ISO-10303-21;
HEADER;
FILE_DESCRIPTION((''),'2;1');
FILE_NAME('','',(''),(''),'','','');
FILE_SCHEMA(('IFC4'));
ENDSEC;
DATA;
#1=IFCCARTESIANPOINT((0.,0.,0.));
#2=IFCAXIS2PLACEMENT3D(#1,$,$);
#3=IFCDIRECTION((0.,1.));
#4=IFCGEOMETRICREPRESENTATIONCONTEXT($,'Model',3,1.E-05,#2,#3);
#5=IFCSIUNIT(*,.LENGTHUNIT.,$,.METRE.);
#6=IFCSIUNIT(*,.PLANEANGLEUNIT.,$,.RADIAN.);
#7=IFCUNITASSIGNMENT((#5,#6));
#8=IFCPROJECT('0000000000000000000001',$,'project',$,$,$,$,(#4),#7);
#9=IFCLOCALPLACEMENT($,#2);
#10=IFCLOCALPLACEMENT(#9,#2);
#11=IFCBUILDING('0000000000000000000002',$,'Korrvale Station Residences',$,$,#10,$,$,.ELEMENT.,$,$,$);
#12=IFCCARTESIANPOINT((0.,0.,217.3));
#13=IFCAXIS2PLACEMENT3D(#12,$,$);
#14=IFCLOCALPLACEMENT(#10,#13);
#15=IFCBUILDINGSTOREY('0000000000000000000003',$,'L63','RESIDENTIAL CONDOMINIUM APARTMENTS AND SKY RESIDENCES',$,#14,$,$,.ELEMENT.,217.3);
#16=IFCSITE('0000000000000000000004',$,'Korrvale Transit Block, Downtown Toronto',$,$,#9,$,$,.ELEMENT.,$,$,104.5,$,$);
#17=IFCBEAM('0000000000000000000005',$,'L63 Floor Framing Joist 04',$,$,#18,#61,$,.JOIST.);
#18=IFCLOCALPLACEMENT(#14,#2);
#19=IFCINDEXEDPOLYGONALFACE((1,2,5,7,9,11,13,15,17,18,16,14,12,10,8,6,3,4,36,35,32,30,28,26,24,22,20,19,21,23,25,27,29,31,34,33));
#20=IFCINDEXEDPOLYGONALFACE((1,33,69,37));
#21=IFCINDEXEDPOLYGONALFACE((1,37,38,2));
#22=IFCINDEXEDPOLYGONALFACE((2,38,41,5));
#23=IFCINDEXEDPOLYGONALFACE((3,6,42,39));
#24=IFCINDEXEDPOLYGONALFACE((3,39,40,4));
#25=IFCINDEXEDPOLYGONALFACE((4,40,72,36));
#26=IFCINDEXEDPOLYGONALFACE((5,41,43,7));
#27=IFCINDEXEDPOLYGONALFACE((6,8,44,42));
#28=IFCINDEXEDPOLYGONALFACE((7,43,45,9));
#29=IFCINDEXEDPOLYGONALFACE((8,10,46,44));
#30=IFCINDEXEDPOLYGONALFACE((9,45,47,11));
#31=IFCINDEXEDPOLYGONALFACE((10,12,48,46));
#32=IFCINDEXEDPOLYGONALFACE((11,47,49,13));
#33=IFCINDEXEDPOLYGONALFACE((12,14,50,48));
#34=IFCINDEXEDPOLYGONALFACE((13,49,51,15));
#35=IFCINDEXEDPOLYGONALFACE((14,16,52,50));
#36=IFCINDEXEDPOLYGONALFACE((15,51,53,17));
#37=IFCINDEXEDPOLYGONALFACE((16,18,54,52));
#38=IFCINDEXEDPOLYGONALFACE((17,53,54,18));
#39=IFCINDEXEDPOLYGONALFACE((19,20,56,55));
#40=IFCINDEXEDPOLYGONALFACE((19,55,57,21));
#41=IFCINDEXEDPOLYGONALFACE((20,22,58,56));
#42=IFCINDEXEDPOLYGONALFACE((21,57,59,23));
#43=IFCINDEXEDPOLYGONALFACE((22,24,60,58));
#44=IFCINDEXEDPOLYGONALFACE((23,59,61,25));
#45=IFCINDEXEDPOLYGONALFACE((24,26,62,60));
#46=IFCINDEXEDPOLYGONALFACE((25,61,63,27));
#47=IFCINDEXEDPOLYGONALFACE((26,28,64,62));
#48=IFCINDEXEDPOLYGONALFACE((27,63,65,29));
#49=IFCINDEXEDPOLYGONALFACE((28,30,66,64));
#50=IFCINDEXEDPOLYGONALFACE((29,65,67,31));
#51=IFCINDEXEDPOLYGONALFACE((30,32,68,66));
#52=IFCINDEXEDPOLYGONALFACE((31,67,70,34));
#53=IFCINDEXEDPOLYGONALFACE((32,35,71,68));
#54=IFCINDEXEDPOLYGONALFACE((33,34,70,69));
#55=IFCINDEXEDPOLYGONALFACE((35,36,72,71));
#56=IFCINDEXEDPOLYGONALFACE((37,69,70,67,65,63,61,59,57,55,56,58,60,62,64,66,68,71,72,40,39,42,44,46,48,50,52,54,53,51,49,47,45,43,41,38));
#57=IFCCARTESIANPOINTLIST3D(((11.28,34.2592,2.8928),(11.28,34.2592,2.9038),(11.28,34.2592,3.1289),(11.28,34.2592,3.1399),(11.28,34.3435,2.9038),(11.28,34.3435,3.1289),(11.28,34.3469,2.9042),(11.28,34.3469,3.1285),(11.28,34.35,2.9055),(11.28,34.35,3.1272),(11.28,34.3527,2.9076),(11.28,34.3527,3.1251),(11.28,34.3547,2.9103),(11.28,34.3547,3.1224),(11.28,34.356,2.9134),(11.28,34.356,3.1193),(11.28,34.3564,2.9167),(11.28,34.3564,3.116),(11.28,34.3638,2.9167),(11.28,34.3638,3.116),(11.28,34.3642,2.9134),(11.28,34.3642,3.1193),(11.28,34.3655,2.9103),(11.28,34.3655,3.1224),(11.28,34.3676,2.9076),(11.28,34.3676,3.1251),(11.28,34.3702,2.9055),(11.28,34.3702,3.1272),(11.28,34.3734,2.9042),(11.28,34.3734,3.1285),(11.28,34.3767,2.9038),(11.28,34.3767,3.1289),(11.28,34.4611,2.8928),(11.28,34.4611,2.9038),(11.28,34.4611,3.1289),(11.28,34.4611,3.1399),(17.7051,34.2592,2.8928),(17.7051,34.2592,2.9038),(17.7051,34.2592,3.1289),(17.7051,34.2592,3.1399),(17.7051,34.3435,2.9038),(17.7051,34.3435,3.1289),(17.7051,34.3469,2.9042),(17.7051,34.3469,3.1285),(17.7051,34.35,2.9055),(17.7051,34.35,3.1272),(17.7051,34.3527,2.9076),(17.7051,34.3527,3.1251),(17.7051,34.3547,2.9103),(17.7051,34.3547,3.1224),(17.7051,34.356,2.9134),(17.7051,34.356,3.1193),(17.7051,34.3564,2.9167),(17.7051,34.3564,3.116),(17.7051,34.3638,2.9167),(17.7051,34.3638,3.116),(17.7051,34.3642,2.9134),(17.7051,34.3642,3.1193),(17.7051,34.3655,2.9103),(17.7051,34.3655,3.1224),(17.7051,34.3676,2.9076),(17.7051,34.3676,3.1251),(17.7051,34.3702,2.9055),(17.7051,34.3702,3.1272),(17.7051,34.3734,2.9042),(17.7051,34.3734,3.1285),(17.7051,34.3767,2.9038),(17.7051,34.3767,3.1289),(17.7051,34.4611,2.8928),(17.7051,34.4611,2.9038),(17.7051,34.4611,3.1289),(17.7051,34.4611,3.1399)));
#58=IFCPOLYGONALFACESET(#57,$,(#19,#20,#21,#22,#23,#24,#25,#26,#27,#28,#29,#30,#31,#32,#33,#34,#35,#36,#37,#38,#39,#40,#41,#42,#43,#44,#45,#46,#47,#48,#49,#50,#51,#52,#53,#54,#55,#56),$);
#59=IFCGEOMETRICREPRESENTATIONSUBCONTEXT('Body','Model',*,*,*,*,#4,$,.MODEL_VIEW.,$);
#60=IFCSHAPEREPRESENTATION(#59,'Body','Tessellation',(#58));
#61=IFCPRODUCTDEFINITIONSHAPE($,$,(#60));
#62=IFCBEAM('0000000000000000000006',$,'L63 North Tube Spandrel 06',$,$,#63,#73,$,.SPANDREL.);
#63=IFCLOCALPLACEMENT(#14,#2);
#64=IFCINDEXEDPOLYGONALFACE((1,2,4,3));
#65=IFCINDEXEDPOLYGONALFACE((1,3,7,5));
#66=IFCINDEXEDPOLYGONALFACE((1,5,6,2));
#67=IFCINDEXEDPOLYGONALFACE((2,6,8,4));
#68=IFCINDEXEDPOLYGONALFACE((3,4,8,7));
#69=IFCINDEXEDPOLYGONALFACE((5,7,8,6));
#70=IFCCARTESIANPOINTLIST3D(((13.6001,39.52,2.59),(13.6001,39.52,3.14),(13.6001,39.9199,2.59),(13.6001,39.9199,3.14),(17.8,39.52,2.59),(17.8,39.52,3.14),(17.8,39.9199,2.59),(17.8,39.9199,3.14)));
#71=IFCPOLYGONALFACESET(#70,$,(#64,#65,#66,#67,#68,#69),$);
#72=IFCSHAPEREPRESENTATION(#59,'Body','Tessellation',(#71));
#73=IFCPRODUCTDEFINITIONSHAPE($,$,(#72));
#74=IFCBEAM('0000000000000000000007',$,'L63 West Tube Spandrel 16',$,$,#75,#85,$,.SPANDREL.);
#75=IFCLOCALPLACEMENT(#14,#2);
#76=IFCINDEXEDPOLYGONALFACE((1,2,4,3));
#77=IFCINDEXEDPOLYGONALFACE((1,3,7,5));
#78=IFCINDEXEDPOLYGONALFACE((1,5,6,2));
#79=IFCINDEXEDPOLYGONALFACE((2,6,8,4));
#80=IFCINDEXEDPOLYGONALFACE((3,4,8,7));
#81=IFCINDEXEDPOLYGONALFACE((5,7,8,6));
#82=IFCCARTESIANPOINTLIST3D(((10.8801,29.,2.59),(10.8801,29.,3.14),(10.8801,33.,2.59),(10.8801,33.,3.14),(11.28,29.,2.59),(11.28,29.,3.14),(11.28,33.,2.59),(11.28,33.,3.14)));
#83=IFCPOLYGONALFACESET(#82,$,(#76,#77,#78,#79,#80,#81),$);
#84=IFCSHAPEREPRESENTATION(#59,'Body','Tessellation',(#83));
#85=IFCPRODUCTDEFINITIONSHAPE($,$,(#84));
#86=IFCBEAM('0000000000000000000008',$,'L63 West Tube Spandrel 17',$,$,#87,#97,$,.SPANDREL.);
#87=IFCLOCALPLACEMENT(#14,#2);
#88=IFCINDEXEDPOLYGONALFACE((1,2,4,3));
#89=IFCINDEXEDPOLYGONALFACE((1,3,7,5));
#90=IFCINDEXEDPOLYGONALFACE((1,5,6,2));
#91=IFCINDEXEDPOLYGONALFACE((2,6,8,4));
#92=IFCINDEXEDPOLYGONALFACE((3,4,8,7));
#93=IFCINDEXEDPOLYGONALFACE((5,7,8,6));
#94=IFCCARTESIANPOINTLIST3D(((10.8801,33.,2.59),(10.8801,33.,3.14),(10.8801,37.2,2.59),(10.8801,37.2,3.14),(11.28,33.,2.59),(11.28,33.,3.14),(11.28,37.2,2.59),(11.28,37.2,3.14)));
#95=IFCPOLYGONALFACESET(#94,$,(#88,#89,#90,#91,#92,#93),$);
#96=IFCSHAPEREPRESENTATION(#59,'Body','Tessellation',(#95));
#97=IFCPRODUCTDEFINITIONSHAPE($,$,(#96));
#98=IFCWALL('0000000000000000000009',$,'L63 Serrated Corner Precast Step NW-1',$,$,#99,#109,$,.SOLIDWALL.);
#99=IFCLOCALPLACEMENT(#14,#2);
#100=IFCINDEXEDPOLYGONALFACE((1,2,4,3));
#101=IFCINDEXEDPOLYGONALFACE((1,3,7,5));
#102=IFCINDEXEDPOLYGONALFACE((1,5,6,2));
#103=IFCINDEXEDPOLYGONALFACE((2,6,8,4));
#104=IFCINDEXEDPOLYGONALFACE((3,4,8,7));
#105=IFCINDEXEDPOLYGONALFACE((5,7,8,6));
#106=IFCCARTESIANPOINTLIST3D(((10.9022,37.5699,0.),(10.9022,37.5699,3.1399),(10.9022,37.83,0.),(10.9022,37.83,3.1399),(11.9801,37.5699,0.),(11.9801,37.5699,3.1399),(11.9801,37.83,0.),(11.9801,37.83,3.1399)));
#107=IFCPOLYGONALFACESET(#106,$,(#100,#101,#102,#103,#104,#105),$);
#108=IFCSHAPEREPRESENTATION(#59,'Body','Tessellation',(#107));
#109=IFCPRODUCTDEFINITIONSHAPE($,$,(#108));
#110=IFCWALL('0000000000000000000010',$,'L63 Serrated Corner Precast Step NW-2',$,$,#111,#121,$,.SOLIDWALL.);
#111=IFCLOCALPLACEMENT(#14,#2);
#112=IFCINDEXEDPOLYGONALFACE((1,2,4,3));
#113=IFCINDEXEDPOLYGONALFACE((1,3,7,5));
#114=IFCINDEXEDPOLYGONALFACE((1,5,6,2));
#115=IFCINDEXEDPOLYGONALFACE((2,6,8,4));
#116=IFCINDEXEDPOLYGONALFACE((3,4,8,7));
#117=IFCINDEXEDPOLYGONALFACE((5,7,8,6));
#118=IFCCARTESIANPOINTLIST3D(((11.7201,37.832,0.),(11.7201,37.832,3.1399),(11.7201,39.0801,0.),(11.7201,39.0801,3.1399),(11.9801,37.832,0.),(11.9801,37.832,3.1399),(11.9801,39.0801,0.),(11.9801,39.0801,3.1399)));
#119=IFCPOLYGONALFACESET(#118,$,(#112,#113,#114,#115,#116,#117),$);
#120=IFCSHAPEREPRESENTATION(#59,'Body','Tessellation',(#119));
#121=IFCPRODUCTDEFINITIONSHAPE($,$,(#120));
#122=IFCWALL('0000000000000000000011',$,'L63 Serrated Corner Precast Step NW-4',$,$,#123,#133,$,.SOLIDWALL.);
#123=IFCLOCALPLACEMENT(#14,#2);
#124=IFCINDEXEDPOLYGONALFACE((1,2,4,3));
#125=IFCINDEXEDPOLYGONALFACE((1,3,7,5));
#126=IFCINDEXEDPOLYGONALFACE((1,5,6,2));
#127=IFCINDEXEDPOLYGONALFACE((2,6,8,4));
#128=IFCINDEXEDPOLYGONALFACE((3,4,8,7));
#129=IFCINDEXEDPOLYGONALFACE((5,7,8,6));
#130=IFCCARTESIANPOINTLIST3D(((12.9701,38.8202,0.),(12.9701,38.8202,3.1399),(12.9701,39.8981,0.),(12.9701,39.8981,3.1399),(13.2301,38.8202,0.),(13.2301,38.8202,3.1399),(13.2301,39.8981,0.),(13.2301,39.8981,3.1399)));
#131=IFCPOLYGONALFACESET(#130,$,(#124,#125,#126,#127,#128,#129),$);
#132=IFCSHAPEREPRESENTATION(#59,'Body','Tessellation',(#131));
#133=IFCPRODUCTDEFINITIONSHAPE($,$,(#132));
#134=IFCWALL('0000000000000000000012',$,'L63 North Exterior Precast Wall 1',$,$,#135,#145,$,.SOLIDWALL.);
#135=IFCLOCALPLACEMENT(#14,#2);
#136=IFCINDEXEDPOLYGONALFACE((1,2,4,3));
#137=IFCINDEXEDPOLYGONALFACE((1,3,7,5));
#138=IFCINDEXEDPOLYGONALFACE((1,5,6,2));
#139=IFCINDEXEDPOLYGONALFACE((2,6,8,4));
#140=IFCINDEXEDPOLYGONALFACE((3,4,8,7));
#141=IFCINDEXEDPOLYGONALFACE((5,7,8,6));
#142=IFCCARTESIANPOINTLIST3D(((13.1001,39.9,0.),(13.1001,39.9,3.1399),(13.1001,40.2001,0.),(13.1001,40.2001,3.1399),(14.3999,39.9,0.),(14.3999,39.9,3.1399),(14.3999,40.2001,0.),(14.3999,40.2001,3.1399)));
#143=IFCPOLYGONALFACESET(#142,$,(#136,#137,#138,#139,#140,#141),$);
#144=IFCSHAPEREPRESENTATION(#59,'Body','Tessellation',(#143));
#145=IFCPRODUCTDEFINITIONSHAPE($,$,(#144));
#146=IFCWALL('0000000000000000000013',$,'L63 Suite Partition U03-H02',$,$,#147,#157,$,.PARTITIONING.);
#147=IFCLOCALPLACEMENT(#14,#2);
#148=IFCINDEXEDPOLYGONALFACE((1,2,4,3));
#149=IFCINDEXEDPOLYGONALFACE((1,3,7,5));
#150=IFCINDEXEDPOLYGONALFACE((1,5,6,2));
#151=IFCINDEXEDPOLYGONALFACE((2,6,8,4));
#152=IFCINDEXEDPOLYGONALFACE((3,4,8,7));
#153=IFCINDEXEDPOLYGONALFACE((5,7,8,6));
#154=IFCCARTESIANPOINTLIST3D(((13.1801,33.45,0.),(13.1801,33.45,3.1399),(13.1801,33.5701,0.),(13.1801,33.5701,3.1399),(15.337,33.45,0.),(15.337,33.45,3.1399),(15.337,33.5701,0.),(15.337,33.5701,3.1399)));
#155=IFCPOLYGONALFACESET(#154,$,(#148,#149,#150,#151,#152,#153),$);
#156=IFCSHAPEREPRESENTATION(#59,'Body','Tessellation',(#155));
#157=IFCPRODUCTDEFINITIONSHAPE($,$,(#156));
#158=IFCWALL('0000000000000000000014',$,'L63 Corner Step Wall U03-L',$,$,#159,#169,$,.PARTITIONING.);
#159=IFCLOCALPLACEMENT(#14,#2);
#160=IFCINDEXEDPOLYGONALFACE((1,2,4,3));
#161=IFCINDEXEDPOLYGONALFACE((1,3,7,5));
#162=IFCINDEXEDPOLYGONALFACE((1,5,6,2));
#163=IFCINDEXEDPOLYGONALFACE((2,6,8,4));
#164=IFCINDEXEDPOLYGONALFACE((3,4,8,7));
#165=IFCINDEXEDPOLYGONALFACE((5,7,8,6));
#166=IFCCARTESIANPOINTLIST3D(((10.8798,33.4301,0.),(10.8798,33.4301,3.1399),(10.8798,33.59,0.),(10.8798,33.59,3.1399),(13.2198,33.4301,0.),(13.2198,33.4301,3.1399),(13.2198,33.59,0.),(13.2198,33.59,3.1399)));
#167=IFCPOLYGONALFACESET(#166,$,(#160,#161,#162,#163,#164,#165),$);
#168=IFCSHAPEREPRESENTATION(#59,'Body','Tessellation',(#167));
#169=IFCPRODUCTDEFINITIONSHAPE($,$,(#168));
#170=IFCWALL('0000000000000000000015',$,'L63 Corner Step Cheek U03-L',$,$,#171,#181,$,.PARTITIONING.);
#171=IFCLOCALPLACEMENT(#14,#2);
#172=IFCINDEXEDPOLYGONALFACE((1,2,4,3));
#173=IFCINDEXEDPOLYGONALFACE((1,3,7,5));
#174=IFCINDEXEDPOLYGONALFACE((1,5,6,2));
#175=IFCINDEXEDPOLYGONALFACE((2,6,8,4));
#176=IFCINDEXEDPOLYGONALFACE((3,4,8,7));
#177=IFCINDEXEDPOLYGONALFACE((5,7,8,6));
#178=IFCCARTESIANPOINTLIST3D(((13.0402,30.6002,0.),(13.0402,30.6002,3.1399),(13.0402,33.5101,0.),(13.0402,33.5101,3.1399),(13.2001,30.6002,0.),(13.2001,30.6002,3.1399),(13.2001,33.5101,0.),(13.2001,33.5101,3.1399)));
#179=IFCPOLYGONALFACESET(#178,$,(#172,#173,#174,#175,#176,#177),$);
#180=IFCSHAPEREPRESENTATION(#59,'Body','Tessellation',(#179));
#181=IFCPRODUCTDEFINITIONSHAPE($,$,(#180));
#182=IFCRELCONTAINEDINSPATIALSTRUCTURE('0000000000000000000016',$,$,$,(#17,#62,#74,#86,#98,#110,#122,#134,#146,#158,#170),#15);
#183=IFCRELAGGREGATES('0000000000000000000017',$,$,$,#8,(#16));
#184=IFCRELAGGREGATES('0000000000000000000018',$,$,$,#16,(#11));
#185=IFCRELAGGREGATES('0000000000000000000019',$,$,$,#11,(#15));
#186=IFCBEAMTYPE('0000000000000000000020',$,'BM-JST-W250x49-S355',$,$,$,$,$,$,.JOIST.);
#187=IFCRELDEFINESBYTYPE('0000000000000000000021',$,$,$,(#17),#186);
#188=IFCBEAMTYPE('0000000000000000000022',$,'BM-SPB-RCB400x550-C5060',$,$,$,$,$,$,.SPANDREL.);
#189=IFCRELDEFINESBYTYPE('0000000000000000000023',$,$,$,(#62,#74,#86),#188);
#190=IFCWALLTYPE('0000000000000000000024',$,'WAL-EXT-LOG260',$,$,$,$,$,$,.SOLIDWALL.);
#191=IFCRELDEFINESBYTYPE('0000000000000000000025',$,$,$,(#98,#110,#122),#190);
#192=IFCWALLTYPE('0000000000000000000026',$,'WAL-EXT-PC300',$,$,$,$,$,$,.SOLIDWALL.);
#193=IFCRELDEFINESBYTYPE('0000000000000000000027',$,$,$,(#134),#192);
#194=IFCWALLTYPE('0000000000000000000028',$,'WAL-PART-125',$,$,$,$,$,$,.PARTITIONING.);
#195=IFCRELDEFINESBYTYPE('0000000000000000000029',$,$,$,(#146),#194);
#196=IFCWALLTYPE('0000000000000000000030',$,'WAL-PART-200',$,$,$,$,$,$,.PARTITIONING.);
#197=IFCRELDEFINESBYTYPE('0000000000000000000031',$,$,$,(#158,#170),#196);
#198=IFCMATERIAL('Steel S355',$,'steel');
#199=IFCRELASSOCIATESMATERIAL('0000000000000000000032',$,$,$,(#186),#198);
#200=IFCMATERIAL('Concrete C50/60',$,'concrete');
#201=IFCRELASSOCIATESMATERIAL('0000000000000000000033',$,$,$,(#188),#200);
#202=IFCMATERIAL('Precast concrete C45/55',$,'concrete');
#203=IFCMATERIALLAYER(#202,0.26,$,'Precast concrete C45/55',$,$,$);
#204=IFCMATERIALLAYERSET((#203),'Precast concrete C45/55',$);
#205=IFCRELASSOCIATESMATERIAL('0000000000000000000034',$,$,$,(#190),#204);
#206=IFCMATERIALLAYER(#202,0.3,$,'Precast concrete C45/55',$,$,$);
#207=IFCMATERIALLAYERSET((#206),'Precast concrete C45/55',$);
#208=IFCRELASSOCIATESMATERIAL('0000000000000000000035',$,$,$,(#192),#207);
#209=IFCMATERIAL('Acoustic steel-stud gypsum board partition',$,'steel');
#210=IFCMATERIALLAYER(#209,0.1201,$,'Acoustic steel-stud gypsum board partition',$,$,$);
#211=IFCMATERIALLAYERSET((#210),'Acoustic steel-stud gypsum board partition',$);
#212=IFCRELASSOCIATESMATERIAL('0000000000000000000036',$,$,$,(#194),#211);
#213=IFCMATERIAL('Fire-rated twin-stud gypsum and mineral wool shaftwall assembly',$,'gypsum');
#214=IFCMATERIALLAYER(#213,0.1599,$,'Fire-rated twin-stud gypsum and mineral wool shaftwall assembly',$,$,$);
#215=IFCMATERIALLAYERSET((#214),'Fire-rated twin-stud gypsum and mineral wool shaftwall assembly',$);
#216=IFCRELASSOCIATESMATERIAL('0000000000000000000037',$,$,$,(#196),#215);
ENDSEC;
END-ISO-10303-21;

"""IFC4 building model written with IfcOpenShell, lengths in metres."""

from ifc_helpers import new_model, si_unit, direction, frame, frame_2d, origin, origin_2d, place, context, subcontext, project, spatial, rectangle, i_section, extrude, material, layer, layer_set, material_profile, profile_set, type_object, element, save


model = new_model("IFC4")

# Units and contexts
model_context = context("Model", 3, precision=1e-05, world=origin(), true_north=direction((0.0, 1.0)))
body_context = subcontext(model_context, "Body", "Model", "MODEL_VIEW")
ifc_project = project(units=[si_unit("LENGTHUNIT", "METRE"), si_unit("PLANEANGLEUNIT", "RADIAN")], contexts=[model_context])

# Site, building, storey
site_placement = place(None, origin())
site = spatial("IfcSite", under=ifc_project, at=site_placement, Name="Korrvale Transit Block, Downtown Toronto", CompositionType="ELEMENT", RefElevation=104.5)
building_placement = place(site_placement, origin())
building = spatial("IfcBuilding", under=site, at=building_placement, Name="Korrvale Station Residences", CompositionType="ELEMENT")
storey_placement = place(building_placement, frame((0.0, 0.0, 217.3)))
storey = spatial("IfcBuildingStorey", under=building, at=storey_placement, Name="L63", Description="RESIDENTIAL CONDOMINIUM APARTMENTS AND SKY RESIDENCES", CompositionType="ELEMENT", Elevation=217.3)

# Shared definitions
ifc_material_1 = material(Name="Concrete C50/60", Category="concrete")

# Beams
ifc_material_2 = material(Name="Steel S355", Category="steel")
ifc_material_profile_1 = material_profile(ifc_material_2, i_section(OverallWidth=0.2019, OverallDepth=0.2471, WebThickness=0.0073, FlangeThickness=0.011, FilletRadius=0.0129, at=origin_2d()), Name="W250x49")
ifc_profile_set_1 = profile_set([ifc_material_profile_1], Name="Steel S355")
beam_type_1 = type_object("IfcBeamType", Name="BM-JST-W250x49-S355", PredefinedType="JOIST", material=ifc_profile_set_1)
beam_1_placement = place(storey_placement, frame((11.28, 34.3601, 3.0164), z_axis=(1.0, 0.0, 0.0), x_axis=(0.0, 1.0, 0.0)))
element("IfcBeam", 1, at=beam_1_placement, inside=storey, type_object=beam_type_1, Name="L63 Floor Framing Joist 04", PredefinedType="JOIST", context=body_context, shape_type="SweptSolid", body=[
    extrude(i_section(OverallWidth=0.2019, OverallDepth=0.2471, WebThickness=0.0073, FlangeThickness=0.011, FilletRadius=0.0129, at=origin_2d()), origin(), (0.0, 0.0, 1.0), 6.425),
])
ifc_material_profile_2 = material_profile(ifc_material_1, rectangle(XDim=0.3999, YDim=0.55, at=origin_2d()), Name="RCB400x550")
ifc_profile_set_2 = profile_set([ifc_material_profile_2], Name="Concrete C50/60")
beam_type_2 = type_object("IfcBeamType", Name="BM-SPB-RCB400x550-C5060", PredefinedType="SPANDREL", material=ifc_profile_set_2)
beam_2_placement = place(storey_placement, frame((13.6001, 39.72, 2.865), z_axis=(1.0, 0.0, 0.0), x_axis=(0.0, 1.0, 0.0)))
element("IfcBeam", 2, at=beam_2_placement, inside=storey, type_object=beam_type_2, Name="L63 North Tube Spandrel 06", PredefinedType="SPANDREL", context=body_context, shape_type="SweptSolid", body=[
    extrude(rectangle(XDim=0.3999, YDim=0.55, at=origin_2d()), origin(), (0.0, 0.0, 1.0), 4.2),
])
beam_3_placement = place(storey_placement, frame((11.0801, 29.0, 2.865), z_axis=(0.0, 1.0, 0.0), x_axis=(-1.0, 0.0, 0.0)))
element("IfcBeam", 3, at=beam_3_placement, inside=storey, type_object=beam_type_2, Name="L63 West Tube Spandrel 16", PredefinedType="SPANDREL", context=body_context, shape_type="SweptSolid", body=[
    extrude(rectangle(XDim=0.3999, YDim=0.55, at=origin_2d()), origin(), (0.0, 0.0, 1.0), 4.0),
])
beam_4_placement = place(storey_placement, frame((11.0801, 33.0, 2.865), z_axis=(0.0, 1.0, 0.0), x_axis=(-1.0, 0.0, 0.0)))
element("IfcBeam", 4, at=beam_4_placement, inside=storey, type_object=beam_type_2, Name="L63 West Tube Spandrel 17", PredefinedType="SPANDREL", context=body_context, shape_type="SweptSolid", body=[
    extrude(rectangle(XDim=0.3999, YDim=0.55, at=origin_2d()), origin(), (0.0, 0.0, 1.0), 4.2),
])

# Walls
ifc_material_3 = material(Name="Precast concrete C45/55", Category="concrete")
ifc_layer_1 = layer(ifc_material_3, 0.26, Name="Precast concrete C45/55")
ifc_layer_set_1 = layer_set([ifc_layer_1], Name="Precast concrete C45/55")
wall_type_1 = type_object("IfcWallType", Name="WAL-EXT-LOG260", PredefinedType="SOLIDWALL", material=ifc_layer_set_1)
wall_1_placement = place(storey_placement, frame((10.9021, 37.7, 0.0), z_axis=(0.0, 0.0, 1.0), x_axis=(1.0, 0.0, 0.0)))
element("IfcWall", 5, at=wall_1_placement, inside=storey, type_object=wall_type_1, Name="L63 Serrated Corner Precast Step NW-1", PredefinedType="SOLIDWALL", context=body_context, shape_type="SweptSolid", body=[
    extrude(rectangle(XDim=1.0779, YDim=0.26, at=frame_2d((0.5391, 0.0))), origin(), (0.0, 0.0, 1.0), 3.1399),
])
wall_2_placement = place(storey_placement, frame((11.8501, 37.832, 0.0), z_axis=(0.0, 0.0, 1.0), x_axis=(0.0, 1.0, 0.0)))
element("IfcWall", 6, at=wall_2_placement, inside=storey, type_object=wall_type_1, Name="L63 Serrated Corner Precast Step NW-2", PredefinedType="SOLIDWALL", context=body_context, shape_type="SweptSolid", body=[
    extrude(rectangle(XDim=1.248, YDim=0.26, at=frame_2d((0.624, 0.0))), origin(), (0.0, 0.0, 1.0), 3.1399),
])
wall_3_placement = place(storey_placement, frame((13.1001, 38.8201, 0.0), z_axis=(0.0, 0.0, 1.0), x_axis=(0.0, 1.0, 0.0)))
element("IfcWall", 7, at=wall_3_placement, inside=storey, type_object=wall_type_1, Name="L63 Serrated Corner Precast Step NW-4", PredefinedType="SOLIDWALL", context=body_context, shape_type="SweptSolid", body=[
    extrude(rectangle(XDim=1.0779, YDim=0.26, at=frame_2d((0.5391, 0.0))), origin(), (0.0, 0.0, 1.0), 3.1399),
])
ifc_layer_2 = layer(ifc_material_3, 0.3, Name="Precast concrete C45/55")
ifc_layer_set_2 = layer_set([ifc_layer_2], Name="Precast concrete C45/55")
wall_type_2 = type_object("IfcWallType", Name="WAL-EXT-PC300", PredefinedType="SOLIDWALL", material=ifc_layer_set_2)
wall_4_placement = place(storey_placement, frame((13.1001, 40.05, 0.0), z_axis=(0.0, 0.0, 1.0), x_axis=(1.0, 0.0, 0.0)))
element("IfcWall", 8, at=wall_4_placement, inside=storey, type_object=wall_type_2, Name="L63 North Exterior Precast Wall 1", PredefinedType="SOLIDWALL", context=body_context, shape_type="SweptSolid", body=[
    extrude(rectangle(XDim=1.2998, YDim=0.3, at=frame_2d((0.6499, 0.0))), origin(), (0.0, 0.0, 1.0), 3.1399),
])
ifc_material_4 = material(Name="Acoustic steel-stud gypsum board partition", Category="steel")
ifc_layer_3 = layer(ifc_material_4, 0.1201, Name="Acoustic steel-stud gypsum board partition")
ifc_layer_set_3 = layer_set([ifc_layer_3], Name="Acoustic steel-stud gypsum board partition")
wall_type_3 = type_object("IfcWallType", Name="WAL-PART-125", PredefinedType="PARTITIONING", material=ifc_layer_set_3)
wall_5_placement = place(storey_placement, frame((13.1799, 33.51, 0.0), z_axis=(0.0, 0.0, 1.0), x_axis=(1.0, 0.0, 0.0)))
element("IfcWall", 9, at=wall_5_placement, inside=storey, type_object=wall_type_3, Name="L63 Suite Partition U03-H02", PredefinedType="PARTITIONING", context=body_context, shape_type="SweptSolid", body=[
    extrude(rectangle(XDim=2.157, YDim=0.1201, at=frame_2d((1.0786, 0.0))), origin(), (0.0, 0.0, 1.0), 3.1399),
])
ifc_material_5 = material(Name="Fire-rated twin-stud gypsum and mineral wool shaftwall assembly", Category="gypsum")
ifc_layer_4 = layer(ifc_material_5, 0.1599, Name="Fire-rated twin-stud gypsum and mineral wool shaftwall assembly")
ifc_layer_set_4 = layer_set([ifc_layer_4], Name="Fire-rated twin-stud gypsum and mineral wool shaftwall assembly")
wall_type_4 = type_object("IfcWallType", Name="WAL-PART-200", PredefinedType="PARTITIONING", material=ifc_layer_set_4)
wall_6_placement = place(storey_placement, frame((10.8799, 33.51, 0.0), z_axis=(0.0, 0.0, 1.0), x_axis=(1.0, 0.0, 0.0)))
element("IfcWall", 10, at=wall_6_placement, inside=storey, type_object=wall_type_4, Name="L63 Corner Step Wall U03-L", PredefinedType="PARTITIONING", context=body_context, shape_type="SweptSolid", body=[
    extrude(rectangle(XDim=2.3401, YDim=0.1599, at=frame_2d((1.1699, 0.0))), origin(), (0.0, 0.0, 1.0), 3.1399),
])
wall_7_placement = place(storey_placement, frame((13.1201, 30.6001, 0.0), z_axis=(0.0, 0.0, 1.0), x_axis=(0.0, 1.0, 0.0)))
element("IfcWall", 11, at=wall_7_placement, inside=storey, type_object=wall_type_4, Name="L63 Corner Step Cheek U03-L", PredefinedType="PARTITIONING", context=body_context, shape_type="SweptSolid", body=[
    extrude(rectangle(XDim=2.9099, YDim=0.1599, at=frame_2d((1.4551, 0.0))), origin(), (0.0, 0.0, 1.0), 3.1399),
])

save(model, "model.ifc")
